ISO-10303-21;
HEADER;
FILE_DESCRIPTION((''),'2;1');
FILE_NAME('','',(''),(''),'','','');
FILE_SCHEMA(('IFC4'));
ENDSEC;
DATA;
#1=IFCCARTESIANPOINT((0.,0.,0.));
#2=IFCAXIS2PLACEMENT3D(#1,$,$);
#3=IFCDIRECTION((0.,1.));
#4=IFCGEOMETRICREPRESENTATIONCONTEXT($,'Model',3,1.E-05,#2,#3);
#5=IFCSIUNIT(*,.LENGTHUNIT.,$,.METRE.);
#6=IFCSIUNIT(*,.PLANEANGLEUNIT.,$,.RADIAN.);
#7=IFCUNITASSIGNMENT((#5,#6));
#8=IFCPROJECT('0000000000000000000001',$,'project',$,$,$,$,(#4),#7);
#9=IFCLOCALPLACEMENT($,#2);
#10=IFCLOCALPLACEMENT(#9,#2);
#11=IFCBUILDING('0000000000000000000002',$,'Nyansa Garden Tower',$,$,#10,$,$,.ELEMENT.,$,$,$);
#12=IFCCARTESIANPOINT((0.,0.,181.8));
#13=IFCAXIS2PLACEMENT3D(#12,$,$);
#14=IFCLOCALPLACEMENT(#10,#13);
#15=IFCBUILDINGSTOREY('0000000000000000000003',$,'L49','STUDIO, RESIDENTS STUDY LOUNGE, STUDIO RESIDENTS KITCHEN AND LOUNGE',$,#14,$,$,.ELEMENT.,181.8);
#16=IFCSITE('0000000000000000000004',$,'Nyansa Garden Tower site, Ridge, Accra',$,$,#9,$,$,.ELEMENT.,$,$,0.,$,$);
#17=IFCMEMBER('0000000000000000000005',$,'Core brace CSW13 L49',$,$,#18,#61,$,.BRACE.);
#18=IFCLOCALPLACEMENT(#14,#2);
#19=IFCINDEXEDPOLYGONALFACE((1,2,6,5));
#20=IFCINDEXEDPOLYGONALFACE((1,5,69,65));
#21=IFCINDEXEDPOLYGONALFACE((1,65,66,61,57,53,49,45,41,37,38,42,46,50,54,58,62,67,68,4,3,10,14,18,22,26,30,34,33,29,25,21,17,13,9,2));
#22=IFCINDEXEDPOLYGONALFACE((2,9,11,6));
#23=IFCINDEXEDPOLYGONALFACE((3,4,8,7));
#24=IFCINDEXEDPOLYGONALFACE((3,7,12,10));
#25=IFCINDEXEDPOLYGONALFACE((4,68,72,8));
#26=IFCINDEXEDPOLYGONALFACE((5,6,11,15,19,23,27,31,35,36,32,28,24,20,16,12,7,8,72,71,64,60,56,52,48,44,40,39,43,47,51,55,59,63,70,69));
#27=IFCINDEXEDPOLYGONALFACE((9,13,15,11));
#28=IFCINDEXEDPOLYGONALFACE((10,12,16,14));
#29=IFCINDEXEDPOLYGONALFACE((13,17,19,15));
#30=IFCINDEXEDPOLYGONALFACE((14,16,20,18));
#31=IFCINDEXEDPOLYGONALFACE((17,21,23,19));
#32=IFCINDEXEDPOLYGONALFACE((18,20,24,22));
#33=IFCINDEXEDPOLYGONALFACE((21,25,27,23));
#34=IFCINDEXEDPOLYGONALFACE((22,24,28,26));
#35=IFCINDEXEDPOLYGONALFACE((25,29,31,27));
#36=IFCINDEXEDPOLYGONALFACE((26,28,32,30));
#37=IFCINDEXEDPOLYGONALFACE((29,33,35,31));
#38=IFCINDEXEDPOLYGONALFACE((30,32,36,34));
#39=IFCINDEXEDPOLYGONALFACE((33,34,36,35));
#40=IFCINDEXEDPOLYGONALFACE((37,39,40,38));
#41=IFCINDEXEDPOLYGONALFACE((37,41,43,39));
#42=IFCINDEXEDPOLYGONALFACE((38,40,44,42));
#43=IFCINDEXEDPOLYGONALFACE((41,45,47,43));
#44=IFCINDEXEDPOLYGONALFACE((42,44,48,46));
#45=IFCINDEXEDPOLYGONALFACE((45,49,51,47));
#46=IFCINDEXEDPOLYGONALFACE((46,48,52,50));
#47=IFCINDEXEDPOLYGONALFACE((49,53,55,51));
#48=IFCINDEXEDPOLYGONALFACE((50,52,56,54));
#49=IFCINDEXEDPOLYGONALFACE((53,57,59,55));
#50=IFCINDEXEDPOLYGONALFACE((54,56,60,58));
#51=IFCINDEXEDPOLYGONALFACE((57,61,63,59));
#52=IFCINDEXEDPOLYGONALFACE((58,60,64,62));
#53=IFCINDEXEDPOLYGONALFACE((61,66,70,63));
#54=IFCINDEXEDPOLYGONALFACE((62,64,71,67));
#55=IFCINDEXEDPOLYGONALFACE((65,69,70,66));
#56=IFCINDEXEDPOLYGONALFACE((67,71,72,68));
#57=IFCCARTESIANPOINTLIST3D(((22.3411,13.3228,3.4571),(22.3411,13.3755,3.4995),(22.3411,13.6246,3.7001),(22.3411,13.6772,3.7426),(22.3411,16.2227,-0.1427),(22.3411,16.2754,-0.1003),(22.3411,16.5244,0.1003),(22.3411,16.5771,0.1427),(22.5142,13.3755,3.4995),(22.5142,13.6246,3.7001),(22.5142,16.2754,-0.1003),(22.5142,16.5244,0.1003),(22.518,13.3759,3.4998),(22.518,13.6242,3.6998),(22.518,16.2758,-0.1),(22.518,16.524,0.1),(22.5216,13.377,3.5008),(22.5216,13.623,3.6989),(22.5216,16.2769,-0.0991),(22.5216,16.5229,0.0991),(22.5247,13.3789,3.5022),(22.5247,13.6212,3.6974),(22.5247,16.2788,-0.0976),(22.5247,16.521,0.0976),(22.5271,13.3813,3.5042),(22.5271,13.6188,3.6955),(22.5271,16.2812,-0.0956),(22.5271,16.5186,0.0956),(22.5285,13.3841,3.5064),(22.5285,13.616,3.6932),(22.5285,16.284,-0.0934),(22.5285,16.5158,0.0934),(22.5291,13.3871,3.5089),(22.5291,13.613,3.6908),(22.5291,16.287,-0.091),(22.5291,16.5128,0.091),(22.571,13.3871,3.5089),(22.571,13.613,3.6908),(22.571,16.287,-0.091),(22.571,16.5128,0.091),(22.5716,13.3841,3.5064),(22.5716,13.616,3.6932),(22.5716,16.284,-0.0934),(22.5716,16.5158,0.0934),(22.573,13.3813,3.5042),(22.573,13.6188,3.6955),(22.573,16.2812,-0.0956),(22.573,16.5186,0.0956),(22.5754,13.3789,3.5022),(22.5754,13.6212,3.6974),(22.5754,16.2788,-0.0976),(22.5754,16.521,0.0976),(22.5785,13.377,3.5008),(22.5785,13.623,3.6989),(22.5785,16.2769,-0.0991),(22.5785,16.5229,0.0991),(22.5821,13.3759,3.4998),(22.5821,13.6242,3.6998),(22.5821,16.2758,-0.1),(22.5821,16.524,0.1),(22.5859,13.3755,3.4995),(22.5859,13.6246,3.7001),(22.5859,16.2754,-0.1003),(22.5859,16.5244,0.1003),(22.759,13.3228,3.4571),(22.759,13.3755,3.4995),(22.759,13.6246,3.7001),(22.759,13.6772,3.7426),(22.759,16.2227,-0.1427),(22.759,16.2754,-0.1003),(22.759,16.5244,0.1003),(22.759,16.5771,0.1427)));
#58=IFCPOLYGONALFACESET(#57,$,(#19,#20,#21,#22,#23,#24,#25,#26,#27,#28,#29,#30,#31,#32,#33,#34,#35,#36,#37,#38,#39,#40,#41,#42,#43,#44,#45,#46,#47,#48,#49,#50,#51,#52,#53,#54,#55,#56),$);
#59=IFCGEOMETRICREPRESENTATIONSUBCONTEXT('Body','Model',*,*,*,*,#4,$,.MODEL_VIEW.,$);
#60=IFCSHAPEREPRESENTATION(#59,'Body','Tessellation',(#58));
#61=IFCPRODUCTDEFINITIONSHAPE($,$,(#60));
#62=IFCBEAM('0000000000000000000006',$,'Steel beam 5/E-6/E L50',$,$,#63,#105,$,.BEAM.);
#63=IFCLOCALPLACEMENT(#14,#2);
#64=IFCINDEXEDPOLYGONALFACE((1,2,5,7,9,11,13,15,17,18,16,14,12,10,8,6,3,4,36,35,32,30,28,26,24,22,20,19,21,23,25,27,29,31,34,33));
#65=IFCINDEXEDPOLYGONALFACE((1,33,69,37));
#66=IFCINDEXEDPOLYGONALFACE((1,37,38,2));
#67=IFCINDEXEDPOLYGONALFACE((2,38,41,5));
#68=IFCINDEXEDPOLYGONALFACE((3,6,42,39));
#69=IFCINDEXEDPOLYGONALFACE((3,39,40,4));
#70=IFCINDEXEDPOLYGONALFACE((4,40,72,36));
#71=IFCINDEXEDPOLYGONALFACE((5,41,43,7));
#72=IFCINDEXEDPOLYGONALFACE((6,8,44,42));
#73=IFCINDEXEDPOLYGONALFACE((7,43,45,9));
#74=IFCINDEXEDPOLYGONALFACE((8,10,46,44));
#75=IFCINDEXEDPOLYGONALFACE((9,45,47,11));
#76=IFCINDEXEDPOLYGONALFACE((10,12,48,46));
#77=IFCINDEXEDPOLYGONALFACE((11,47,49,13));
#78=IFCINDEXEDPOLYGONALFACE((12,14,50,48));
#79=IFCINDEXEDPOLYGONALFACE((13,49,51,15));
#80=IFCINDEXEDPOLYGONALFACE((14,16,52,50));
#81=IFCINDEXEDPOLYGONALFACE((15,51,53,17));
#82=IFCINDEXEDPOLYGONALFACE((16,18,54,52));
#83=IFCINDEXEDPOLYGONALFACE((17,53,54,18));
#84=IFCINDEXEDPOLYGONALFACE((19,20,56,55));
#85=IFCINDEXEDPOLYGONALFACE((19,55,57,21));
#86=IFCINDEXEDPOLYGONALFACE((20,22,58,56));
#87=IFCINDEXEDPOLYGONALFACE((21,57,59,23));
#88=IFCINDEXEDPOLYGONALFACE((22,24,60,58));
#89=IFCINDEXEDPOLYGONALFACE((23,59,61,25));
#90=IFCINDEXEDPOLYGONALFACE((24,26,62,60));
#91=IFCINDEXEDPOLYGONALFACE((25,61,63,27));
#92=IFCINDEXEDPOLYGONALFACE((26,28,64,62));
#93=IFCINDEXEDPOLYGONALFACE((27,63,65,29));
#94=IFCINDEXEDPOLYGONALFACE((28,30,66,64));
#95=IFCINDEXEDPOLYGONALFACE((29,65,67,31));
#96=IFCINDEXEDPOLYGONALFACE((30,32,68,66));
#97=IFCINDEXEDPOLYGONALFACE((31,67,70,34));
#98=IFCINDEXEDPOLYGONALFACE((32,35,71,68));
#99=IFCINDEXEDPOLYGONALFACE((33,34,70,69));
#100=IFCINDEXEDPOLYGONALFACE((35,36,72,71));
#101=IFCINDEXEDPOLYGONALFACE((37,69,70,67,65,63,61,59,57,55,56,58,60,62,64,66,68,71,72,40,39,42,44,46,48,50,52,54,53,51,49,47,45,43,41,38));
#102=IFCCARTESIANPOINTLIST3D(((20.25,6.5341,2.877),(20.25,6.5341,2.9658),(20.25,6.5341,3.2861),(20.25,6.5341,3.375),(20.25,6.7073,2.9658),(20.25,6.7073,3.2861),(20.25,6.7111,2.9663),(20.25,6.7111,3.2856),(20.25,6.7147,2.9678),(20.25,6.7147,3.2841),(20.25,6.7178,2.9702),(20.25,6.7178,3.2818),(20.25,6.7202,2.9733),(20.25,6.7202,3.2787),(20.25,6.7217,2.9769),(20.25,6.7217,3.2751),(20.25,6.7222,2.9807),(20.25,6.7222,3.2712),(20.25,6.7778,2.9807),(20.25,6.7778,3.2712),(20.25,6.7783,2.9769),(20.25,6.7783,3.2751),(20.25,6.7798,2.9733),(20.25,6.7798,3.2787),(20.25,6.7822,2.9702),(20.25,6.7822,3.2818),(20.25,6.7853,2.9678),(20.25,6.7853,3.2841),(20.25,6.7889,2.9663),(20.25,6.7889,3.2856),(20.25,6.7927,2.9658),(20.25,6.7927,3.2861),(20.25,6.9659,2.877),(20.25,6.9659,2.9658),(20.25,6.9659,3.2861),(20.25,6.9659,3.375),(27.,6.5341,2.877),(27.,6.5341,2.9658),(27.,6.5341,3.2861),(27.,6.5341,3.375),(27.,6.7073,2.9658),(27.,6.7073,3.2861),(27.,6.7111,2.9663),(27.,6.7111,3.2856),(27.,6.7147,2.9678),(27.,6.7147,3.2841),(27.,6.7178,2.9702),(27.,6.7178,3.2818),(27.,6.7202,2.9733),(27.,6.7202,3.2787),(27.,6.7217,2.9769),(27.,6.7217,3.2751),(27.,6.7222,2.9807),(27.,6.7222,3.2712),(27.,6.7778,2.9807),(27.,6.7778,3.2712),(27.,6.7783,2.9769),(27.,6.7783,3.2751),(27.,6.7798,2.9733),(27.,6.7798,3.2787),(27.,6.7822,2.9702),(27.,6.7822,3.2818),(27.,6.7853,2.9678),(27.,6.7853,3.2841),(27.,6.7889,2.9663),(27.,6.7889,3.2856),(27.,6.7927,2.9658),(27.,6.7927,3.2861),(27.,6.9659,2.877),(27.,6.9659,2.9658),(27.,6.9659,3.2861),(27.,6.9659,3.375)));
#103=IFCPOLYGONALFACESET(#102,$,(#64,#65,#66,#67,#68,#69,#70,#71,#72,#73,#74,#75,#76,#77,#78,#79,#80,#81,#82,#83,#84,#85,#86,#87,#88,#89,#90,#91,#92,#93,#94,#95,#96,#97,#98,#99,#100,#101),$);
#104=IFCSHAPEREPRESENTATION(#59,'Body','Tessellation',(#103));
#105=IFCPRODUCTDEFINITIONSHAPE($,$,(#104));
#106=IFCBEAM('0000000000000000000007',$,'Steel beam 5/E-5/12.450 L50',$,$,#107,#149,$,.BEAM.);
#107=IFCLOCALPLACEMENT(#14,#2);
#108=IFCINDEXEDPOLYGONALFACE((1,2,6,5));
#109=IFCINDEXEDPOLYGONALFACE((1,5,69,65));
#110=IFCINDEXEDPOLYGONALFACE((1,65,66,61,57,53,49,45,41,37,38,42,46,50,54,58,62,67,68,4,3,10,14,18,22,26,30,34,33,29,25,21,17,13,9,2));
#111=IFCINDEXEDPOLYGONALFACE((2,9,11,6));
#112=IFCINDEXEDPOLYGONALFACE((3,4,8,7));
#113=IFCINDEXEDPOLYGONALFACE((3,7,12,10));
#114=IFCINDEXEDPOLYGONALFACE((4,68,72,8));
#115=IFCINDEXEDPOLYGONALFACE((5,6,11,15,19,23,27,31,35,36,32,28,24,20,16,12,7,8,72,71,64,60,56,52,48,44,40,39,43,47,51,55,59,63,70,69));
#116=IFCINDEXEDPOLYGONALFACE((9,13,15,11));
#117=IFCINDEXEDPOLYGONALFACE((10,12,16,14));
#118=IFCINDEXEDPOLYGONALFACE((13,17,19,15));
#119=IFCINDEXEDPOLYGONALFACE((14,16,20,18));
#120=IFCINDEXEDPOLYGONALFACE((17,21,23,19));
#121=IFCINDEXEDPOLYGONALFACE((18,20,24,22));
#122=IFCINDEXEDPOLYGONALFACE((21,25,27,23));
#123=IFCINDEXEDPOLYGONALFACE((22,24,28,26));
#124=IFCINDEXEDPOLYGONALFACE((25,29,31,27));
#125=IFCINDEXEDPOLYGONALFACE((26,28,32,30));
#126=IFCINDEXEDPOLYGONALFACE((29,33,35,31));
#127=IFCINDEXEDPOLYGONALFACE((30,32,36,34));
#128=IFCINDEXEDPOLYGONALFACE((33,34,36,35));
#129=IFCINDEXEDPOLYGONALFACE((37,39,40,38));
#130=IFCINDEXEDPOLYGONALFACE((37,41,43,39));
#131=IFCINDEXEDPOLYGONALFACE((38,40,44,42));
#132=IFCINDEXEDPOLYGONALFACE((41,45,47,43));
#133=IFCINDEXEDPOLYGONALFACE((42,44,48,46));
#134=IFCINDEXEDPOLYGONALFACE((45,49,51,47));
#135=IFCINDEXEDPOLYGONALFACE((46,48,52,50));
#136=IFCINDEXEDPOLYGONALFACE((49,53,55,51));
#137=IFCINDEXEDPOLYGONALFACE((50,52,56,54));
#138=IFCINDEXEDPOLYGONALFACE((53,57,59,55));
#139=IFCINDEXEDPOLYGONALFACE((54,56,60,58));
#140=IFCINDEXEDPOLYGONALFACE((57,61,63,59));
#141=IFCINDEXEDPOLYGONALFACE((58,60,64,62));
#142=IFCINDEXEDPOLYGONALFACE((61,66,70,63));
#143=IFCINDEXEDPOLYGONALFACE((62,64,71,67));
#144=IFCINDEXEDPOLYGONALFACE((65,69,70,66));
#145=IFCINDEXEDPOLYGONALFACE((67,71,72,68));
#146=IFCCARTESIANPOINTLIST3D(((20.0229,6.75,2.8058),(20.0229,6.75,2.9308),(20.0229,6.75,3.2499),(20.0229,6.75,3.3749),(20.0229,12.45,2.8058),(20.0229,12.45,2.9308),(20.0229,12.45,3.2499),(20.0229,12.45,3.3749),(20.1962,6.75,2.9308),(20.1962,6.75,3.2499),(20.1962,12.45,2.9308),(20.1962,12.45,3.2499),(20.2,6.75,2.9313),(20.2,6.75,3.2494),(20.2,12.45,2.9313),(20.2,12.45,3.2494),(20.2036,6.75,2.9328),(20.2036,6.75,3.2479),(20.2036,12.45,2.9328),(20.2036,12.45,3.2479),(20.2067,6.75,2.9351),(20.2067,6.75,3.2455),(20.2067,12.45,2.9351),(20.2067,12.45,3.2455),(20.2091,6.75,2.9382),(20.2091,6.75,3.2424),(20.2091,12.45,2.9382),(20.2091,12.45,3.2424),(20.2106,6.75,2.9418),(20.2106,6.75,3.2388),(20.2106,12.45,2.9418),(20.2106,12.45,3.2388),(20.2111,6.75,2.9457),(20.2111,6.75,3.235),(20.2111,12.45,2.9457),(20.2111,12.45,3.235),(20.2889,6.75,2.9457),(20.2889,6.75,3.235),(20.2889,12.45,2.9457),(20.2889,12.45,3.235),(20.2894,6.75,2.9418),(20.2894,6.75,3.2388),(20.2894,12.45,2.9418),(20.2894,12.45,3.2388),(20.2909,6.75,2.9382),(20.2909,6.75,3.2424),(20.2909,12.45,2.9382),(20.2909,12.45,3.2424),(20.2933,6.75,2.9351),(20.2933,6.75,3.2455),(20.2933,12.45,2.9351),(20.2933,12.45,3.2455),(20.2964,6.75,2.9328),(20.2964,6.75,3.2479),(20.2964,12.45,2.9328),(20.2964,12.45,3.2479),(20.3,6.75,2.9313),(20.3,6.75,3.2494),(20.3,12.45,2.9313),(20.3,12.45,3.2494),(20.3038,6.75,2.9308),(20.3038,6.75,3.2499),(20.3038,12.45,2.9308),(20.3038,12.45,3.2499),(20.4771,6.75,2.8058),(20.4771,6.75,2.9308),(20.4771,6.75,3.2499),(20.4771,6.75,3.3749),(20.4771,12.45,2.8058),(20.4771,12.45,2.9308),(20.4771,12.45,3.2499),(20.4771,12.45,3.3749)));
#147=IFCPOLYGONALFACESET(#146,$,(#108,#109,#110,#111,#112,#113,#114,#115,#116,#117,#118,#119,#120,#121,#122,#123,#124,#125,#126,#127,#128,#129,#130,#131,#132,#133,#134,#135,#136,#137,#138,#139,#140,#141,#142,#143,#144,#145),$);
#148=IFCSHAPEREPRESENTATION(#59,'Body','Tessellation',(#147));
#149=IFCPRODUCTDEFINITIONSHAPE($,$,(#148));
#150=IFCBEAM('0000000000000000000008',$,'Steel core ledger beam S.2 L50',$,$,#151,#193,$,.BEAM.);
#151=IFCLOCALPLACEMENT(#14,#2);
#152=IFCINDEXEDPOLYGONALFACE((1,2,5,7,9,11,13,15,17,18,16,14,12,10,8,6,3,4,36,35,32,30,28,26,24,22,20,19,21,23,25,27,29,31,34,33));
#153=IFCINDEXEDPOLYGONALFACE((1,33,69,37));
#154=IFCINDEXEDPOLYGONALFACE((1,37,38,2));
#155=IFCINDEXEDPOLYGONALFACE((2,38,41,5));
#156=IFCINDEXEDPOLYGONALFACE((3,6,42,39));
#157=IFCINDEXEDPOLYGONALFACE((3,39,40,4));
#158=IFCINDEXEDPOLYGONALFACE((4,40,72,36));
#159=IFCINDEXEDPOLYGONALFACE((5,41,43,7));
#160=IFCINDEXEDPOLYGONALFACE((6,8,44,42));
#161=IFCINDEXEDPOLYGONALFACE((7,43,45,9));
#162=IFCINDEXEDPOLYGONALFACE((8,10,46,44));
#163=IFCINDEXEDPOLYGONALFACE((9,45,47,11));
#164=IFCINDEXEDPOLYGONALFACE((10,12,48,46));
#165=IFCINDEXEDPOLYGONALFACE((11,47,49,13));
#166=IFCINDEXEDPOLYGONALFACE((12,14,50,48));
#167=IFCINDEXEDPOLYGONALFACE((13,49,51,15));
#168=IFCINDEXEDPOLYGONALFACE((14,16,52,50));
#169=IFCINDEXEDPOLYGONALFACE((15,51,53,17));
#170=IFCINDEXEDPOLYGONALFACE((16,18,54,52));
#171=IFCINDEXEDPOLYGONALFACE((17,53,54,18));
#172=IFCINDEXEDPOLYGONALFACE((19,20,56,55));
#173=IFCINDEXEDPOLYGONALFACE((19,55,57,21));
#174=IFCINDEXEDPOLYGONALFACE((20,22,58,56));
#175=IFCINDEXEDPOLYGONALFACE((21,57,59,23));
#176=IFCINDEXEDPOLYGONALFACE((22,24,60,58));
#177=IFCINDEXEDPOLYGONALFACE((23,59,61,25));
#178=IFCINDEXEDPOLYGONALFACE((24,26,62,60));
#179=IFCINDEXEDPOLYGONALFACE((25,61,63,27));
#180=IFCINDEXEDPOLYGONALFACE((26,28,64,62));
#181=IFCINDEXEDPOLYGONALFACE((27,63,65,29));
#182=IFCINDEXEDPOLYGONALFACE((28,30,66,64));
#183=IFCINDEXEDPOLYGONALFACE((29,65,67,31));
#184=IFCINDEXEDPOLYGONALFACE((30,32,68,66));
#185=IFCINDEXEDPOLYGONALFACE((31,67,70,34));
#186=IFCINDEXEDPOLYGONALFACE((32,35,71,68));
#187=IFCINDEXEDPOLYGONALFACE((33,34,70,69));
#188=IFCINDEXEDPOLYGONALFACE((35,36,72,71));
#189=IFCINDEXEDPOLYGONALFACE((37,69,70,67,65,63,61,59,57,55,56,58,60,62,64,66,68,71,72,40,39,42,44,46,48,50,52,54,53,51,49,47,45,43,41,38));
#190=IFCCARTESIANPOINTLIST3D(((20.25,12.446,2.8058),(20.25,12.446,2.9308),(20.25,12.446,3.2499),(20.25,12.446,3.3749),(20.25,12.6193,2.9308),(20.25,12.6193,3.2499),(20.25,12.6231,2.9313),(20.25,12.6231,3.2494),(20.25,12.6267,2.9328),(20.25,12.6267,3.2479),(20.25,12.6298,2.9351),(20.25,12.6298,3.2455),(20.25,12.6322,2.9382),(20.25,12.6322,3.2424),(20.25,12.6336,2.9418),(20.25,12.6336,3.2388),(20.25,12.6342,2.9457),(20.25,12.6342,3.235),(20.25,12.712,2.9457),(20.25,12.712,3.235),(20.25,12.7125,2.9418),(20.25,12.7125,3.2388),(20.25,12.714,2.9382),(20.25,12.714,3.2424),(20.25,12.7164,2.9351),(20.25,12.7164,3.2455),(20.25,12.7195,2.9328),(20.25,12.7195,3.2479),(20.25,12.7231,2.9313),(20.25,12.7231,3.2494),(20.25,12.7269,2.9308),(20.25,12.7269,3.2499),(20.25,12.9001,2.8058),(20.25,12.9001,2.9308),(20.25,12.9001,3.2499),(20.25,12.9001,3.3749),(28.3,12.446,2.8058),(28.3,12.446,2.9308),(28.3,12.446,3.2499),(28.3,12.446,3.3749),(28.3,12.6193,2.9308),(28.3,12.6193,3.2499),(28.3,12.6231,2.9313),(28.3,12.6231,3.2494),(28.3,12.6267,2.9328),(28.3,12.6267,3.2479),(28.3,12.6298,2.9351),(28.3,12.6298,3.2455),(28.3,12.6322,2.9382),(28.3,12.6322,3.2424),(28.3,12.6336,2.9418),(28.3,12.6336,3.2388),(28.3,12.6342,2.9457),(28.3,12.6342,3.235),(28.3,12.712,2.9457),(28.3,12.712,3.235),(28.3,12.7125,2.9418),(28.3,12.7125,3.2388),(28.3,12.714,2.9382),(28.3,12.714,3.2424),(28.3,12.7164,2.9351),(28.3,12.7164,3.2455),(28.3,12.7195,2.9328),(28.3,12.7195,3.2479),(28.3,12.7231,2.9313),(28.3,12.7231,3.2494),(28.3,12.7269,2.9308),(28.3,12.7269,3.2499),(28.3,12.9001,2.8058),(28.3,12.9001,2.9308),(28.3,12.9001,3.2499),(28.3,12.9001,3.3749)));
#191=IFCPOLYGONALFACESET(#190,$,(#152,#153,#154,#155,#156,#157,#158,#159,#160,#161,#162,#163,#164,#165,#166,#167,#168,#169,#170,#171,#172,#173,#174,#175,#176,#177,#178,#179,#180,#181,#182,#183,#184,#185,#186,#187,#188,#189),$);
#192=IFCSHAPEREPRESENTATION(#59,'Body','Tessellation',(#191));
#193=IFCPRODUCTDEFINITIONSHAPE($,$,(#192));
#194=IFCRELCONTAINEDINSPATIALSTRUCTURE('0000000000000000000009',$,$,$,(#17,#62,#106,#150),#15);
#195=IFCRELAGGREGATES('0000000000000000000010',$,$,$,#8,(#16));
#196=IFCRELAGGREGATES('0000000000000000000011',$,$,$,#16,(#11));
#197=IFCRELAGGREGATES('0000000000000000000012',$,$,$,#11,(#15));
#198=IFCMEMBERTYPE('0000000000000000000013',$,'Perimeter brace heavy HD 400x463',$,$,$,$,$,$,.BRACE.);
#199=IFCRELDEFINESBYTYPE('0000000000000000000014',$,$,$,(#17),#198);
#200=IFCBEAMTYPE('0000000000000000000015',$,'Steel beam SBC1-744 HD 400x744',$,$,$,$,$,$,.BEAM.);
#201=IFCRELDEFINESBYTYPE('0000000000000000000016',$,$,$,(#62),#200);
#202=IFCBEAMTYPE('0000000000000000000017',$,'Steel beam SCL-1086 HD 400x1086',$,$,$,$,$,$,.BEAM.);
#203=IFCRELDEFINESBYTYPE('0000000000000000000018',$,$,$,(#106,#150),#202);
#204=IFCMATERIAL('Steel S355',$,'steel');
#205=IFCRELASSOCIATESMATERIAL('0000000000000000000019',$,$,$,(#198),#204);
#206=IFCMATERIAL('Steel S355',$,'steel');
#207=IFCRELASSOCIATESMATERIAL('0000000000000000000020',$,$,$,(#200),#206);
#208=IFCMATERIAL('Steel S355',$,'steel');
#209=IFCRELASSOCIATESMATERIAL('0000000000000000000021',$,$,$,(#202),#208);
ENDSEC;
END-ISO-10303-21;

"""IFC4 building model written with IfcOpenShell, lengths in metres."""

from ifc_helpers import new_model, si_unit, direction, frame, origin, origin_2d, place, context, subcontext, project, spatial, i_section, extrude, material, material_profile, profile_set, type_object, element, save


model = new_model("IFC4")

# Units and contexts
model_context = context("Model", 3, precision=1e-05, world=origin(), true_north=direction((0.0, 1.0)))
body_context = subcontext(model_context, "Body", "Model", "MODEL_VIEW")
ifc_project = project(units=[si_unit("LENGTHUNIT", "METRE"), si_unit("PLANEANGLEUNIT", "RADIAN")], contexts=[model_context])

# Site, building, storey
site_placement = place(None, origin())
site = spatial("IfcSite", under=ifc_project, at=site_placement, Name="Nyansa Garden Tower site, Ridge, Accra", CompositionType="ELEMENT", RefElevation=0.0)
building_placement = place(site_placement, origin())
building = spatial("IfcBuilding", under=site, at=building_placement, Name="Nyansa Garden Tower", CompositionType="ELEMENT")
storey_placement = place(building_placement, frame((0.0, 0.0, 181.8)))
storey = spatial("IfcBuildingStorey", under=building, at=storey_placement, Name="L49", Description="STUDIO, RESIDENTS STUDY LOUNGE, STUDIO RESIDENTS KITCHEN AND LOUNGE", CompositionType="ELEMENT", Elevation=181.8)

# Member
ifc_material_1 = material(Name="Steel S355", Category="steel")
ifc_material_profile_1 = material_profile(ifc_material_1, i_section(OverallWidth=0.418, OverallDepth=0.4551, WebThickness=0.042, FlangeThickness=0.0676, FilletRadius=0.0149, at=origin_2d()), Name="HD 400x463")
ifc_profile_set_1 = profile_set([ifc_material_profile_1], Name="Steel S355")
member_type = type_object("IfcMemberType", Name="Perimeter brace heavy HD 400x463", PredefinedType="BRACE", material=ifc_profile_set_1)
for number, where, z_axis, x_axis, name in (
    (1, (22.55, 16.3999, 0.0), (0.0, -0.627332, 0.778752), (1.0, 0.0, 0.0), "Core brace CSW13 L49"),
):
    element("IfcMember", number, at=place(storey_placement, frame(where, z_axis=z_axis, x_axis=x_axis)), inside=storey, type_object=member_type, Name=name, PredefinedType="BRACE", context=body_context, shape_type="SweptSolid", body=[
        extrude(i_section(OverallWidth=0.418, OverallDepth=0.4551, WebThickness=0.042, FlangeThickness=0.0676, FilletRadius=0.0149, at=origin_2d()), origin(), (0.0, 0.0, 1.0), 4.6226),
    ])

# Beams
ifc_material_2 = material(Name="Steel S355", Category="steel")
ifc_material_profile_2 = material_profile(ifc_material_2, i_section(OverallWidth=0.4319, OverallDepth=0.498, WebThickness=0.0557, FlangeThickness=0.0889, FilletRadius=0.0149, at=origin_2d()), Name="HD 400x744")
ifc_profile_set_2 = profile_set([ifc_material_profile_2], Name="Steel S355")
beam_type_1 = type_object("IfcBeamType", Name="Steel beam SBC1-744 HD 400x744", PredefinedType="BEAM", material=ifc_profile_set_2)
beam_1_placement = place(storey_placement, frame((20.25, 6.75, 3.126), z_axis=(1.0, 0.0, 0.0), x_axis=(0.0, 1.0, 0.0)))
element("IfcBeam", 2, at=beam_1_placement, inside=storey, type_object=beam_type_1, Name="Steel beam 5/E-6/E L50", PredefinedType="BEAM", context=body_context, shape_type="SweptSolid", body=[
    extrude(i_section(OverallWidth=0.4319, OverallDepth=0.498, WebThickness=0.0557, FlangeThickness=0.0889, FilletRadius=0.0149, at=origin_2d()), origin(), (0.0, 0.0, 1.0), 6.75),
])
ifc_material_3 = material(Name="Steel S355", Category="steel")
ifc_material_profile_3 = material_profile(ifc_material_3, i_section(OverallWidth=0.4541, OverallDepth=0.5691, WebThickness=0.0779, FlangeThickness=0.125, FilletRadius=0.0149, at=origin_2d()), Name="HD 400x1086")
ifc_profile_set_3 = profile_set([ifc_material_profile_3], Name="Steel S355")
beam_type_2 = type_object("IfcBeamType", Name="Steel beam SCL-1086 HD 400x1086", PredefinedType="BEAM", material=ifc_profile_set_3)
beam_2_placement = place(storey_placement, frame((20.25, 6.75, 3.0903), z_axis=(0.0, 1.0, 0.0), x_axis=(-1.0, 0.0, 0.0)))
element("IfcBeam", 3, at=beam_2_placement, inside=storey, type_object=beam_type_2, Name="Steel beam 5/E-5/12.450 L50", PredefinedType="BEAM", context=body_context, shape_type="SweptSolid", body=[
    extrude(i_section(OverallWidth=0.4541, OverallDepth=0.5691, WebThickness=0.0779, FlangeThickness=0.125, FilletRadius=0.0149, at=origin_2d()), origin(), (0.0, 0.0, 1.0), 5.7),
])
beam_3_placement = place(storey_placement, frame((20.25, 12.6731, 3.0903), z_axis=(1.0, 0.0, 0.0), x_axis=(0.0, 1.0, 0.0)))
element("IfcBeam", 4, at=beam_3_placement, inside=storey, type_object=beam_type_2, Name="Steel core ledger beam S.2 L50", PredefinedType="BEAM", context=body_context, shape_type="SweptSolid", body=[
    extrude(i_section(OverallWidth=0.4541, OverallDepth=0.5691, WebThickness=0.0779, FlangeThickness=0.125, FilletRadius=0.0149, at=origin_2d()), origin(), (0.0, 0.0, 1.0), 8.05),
])

save(model, "model.ifc")
